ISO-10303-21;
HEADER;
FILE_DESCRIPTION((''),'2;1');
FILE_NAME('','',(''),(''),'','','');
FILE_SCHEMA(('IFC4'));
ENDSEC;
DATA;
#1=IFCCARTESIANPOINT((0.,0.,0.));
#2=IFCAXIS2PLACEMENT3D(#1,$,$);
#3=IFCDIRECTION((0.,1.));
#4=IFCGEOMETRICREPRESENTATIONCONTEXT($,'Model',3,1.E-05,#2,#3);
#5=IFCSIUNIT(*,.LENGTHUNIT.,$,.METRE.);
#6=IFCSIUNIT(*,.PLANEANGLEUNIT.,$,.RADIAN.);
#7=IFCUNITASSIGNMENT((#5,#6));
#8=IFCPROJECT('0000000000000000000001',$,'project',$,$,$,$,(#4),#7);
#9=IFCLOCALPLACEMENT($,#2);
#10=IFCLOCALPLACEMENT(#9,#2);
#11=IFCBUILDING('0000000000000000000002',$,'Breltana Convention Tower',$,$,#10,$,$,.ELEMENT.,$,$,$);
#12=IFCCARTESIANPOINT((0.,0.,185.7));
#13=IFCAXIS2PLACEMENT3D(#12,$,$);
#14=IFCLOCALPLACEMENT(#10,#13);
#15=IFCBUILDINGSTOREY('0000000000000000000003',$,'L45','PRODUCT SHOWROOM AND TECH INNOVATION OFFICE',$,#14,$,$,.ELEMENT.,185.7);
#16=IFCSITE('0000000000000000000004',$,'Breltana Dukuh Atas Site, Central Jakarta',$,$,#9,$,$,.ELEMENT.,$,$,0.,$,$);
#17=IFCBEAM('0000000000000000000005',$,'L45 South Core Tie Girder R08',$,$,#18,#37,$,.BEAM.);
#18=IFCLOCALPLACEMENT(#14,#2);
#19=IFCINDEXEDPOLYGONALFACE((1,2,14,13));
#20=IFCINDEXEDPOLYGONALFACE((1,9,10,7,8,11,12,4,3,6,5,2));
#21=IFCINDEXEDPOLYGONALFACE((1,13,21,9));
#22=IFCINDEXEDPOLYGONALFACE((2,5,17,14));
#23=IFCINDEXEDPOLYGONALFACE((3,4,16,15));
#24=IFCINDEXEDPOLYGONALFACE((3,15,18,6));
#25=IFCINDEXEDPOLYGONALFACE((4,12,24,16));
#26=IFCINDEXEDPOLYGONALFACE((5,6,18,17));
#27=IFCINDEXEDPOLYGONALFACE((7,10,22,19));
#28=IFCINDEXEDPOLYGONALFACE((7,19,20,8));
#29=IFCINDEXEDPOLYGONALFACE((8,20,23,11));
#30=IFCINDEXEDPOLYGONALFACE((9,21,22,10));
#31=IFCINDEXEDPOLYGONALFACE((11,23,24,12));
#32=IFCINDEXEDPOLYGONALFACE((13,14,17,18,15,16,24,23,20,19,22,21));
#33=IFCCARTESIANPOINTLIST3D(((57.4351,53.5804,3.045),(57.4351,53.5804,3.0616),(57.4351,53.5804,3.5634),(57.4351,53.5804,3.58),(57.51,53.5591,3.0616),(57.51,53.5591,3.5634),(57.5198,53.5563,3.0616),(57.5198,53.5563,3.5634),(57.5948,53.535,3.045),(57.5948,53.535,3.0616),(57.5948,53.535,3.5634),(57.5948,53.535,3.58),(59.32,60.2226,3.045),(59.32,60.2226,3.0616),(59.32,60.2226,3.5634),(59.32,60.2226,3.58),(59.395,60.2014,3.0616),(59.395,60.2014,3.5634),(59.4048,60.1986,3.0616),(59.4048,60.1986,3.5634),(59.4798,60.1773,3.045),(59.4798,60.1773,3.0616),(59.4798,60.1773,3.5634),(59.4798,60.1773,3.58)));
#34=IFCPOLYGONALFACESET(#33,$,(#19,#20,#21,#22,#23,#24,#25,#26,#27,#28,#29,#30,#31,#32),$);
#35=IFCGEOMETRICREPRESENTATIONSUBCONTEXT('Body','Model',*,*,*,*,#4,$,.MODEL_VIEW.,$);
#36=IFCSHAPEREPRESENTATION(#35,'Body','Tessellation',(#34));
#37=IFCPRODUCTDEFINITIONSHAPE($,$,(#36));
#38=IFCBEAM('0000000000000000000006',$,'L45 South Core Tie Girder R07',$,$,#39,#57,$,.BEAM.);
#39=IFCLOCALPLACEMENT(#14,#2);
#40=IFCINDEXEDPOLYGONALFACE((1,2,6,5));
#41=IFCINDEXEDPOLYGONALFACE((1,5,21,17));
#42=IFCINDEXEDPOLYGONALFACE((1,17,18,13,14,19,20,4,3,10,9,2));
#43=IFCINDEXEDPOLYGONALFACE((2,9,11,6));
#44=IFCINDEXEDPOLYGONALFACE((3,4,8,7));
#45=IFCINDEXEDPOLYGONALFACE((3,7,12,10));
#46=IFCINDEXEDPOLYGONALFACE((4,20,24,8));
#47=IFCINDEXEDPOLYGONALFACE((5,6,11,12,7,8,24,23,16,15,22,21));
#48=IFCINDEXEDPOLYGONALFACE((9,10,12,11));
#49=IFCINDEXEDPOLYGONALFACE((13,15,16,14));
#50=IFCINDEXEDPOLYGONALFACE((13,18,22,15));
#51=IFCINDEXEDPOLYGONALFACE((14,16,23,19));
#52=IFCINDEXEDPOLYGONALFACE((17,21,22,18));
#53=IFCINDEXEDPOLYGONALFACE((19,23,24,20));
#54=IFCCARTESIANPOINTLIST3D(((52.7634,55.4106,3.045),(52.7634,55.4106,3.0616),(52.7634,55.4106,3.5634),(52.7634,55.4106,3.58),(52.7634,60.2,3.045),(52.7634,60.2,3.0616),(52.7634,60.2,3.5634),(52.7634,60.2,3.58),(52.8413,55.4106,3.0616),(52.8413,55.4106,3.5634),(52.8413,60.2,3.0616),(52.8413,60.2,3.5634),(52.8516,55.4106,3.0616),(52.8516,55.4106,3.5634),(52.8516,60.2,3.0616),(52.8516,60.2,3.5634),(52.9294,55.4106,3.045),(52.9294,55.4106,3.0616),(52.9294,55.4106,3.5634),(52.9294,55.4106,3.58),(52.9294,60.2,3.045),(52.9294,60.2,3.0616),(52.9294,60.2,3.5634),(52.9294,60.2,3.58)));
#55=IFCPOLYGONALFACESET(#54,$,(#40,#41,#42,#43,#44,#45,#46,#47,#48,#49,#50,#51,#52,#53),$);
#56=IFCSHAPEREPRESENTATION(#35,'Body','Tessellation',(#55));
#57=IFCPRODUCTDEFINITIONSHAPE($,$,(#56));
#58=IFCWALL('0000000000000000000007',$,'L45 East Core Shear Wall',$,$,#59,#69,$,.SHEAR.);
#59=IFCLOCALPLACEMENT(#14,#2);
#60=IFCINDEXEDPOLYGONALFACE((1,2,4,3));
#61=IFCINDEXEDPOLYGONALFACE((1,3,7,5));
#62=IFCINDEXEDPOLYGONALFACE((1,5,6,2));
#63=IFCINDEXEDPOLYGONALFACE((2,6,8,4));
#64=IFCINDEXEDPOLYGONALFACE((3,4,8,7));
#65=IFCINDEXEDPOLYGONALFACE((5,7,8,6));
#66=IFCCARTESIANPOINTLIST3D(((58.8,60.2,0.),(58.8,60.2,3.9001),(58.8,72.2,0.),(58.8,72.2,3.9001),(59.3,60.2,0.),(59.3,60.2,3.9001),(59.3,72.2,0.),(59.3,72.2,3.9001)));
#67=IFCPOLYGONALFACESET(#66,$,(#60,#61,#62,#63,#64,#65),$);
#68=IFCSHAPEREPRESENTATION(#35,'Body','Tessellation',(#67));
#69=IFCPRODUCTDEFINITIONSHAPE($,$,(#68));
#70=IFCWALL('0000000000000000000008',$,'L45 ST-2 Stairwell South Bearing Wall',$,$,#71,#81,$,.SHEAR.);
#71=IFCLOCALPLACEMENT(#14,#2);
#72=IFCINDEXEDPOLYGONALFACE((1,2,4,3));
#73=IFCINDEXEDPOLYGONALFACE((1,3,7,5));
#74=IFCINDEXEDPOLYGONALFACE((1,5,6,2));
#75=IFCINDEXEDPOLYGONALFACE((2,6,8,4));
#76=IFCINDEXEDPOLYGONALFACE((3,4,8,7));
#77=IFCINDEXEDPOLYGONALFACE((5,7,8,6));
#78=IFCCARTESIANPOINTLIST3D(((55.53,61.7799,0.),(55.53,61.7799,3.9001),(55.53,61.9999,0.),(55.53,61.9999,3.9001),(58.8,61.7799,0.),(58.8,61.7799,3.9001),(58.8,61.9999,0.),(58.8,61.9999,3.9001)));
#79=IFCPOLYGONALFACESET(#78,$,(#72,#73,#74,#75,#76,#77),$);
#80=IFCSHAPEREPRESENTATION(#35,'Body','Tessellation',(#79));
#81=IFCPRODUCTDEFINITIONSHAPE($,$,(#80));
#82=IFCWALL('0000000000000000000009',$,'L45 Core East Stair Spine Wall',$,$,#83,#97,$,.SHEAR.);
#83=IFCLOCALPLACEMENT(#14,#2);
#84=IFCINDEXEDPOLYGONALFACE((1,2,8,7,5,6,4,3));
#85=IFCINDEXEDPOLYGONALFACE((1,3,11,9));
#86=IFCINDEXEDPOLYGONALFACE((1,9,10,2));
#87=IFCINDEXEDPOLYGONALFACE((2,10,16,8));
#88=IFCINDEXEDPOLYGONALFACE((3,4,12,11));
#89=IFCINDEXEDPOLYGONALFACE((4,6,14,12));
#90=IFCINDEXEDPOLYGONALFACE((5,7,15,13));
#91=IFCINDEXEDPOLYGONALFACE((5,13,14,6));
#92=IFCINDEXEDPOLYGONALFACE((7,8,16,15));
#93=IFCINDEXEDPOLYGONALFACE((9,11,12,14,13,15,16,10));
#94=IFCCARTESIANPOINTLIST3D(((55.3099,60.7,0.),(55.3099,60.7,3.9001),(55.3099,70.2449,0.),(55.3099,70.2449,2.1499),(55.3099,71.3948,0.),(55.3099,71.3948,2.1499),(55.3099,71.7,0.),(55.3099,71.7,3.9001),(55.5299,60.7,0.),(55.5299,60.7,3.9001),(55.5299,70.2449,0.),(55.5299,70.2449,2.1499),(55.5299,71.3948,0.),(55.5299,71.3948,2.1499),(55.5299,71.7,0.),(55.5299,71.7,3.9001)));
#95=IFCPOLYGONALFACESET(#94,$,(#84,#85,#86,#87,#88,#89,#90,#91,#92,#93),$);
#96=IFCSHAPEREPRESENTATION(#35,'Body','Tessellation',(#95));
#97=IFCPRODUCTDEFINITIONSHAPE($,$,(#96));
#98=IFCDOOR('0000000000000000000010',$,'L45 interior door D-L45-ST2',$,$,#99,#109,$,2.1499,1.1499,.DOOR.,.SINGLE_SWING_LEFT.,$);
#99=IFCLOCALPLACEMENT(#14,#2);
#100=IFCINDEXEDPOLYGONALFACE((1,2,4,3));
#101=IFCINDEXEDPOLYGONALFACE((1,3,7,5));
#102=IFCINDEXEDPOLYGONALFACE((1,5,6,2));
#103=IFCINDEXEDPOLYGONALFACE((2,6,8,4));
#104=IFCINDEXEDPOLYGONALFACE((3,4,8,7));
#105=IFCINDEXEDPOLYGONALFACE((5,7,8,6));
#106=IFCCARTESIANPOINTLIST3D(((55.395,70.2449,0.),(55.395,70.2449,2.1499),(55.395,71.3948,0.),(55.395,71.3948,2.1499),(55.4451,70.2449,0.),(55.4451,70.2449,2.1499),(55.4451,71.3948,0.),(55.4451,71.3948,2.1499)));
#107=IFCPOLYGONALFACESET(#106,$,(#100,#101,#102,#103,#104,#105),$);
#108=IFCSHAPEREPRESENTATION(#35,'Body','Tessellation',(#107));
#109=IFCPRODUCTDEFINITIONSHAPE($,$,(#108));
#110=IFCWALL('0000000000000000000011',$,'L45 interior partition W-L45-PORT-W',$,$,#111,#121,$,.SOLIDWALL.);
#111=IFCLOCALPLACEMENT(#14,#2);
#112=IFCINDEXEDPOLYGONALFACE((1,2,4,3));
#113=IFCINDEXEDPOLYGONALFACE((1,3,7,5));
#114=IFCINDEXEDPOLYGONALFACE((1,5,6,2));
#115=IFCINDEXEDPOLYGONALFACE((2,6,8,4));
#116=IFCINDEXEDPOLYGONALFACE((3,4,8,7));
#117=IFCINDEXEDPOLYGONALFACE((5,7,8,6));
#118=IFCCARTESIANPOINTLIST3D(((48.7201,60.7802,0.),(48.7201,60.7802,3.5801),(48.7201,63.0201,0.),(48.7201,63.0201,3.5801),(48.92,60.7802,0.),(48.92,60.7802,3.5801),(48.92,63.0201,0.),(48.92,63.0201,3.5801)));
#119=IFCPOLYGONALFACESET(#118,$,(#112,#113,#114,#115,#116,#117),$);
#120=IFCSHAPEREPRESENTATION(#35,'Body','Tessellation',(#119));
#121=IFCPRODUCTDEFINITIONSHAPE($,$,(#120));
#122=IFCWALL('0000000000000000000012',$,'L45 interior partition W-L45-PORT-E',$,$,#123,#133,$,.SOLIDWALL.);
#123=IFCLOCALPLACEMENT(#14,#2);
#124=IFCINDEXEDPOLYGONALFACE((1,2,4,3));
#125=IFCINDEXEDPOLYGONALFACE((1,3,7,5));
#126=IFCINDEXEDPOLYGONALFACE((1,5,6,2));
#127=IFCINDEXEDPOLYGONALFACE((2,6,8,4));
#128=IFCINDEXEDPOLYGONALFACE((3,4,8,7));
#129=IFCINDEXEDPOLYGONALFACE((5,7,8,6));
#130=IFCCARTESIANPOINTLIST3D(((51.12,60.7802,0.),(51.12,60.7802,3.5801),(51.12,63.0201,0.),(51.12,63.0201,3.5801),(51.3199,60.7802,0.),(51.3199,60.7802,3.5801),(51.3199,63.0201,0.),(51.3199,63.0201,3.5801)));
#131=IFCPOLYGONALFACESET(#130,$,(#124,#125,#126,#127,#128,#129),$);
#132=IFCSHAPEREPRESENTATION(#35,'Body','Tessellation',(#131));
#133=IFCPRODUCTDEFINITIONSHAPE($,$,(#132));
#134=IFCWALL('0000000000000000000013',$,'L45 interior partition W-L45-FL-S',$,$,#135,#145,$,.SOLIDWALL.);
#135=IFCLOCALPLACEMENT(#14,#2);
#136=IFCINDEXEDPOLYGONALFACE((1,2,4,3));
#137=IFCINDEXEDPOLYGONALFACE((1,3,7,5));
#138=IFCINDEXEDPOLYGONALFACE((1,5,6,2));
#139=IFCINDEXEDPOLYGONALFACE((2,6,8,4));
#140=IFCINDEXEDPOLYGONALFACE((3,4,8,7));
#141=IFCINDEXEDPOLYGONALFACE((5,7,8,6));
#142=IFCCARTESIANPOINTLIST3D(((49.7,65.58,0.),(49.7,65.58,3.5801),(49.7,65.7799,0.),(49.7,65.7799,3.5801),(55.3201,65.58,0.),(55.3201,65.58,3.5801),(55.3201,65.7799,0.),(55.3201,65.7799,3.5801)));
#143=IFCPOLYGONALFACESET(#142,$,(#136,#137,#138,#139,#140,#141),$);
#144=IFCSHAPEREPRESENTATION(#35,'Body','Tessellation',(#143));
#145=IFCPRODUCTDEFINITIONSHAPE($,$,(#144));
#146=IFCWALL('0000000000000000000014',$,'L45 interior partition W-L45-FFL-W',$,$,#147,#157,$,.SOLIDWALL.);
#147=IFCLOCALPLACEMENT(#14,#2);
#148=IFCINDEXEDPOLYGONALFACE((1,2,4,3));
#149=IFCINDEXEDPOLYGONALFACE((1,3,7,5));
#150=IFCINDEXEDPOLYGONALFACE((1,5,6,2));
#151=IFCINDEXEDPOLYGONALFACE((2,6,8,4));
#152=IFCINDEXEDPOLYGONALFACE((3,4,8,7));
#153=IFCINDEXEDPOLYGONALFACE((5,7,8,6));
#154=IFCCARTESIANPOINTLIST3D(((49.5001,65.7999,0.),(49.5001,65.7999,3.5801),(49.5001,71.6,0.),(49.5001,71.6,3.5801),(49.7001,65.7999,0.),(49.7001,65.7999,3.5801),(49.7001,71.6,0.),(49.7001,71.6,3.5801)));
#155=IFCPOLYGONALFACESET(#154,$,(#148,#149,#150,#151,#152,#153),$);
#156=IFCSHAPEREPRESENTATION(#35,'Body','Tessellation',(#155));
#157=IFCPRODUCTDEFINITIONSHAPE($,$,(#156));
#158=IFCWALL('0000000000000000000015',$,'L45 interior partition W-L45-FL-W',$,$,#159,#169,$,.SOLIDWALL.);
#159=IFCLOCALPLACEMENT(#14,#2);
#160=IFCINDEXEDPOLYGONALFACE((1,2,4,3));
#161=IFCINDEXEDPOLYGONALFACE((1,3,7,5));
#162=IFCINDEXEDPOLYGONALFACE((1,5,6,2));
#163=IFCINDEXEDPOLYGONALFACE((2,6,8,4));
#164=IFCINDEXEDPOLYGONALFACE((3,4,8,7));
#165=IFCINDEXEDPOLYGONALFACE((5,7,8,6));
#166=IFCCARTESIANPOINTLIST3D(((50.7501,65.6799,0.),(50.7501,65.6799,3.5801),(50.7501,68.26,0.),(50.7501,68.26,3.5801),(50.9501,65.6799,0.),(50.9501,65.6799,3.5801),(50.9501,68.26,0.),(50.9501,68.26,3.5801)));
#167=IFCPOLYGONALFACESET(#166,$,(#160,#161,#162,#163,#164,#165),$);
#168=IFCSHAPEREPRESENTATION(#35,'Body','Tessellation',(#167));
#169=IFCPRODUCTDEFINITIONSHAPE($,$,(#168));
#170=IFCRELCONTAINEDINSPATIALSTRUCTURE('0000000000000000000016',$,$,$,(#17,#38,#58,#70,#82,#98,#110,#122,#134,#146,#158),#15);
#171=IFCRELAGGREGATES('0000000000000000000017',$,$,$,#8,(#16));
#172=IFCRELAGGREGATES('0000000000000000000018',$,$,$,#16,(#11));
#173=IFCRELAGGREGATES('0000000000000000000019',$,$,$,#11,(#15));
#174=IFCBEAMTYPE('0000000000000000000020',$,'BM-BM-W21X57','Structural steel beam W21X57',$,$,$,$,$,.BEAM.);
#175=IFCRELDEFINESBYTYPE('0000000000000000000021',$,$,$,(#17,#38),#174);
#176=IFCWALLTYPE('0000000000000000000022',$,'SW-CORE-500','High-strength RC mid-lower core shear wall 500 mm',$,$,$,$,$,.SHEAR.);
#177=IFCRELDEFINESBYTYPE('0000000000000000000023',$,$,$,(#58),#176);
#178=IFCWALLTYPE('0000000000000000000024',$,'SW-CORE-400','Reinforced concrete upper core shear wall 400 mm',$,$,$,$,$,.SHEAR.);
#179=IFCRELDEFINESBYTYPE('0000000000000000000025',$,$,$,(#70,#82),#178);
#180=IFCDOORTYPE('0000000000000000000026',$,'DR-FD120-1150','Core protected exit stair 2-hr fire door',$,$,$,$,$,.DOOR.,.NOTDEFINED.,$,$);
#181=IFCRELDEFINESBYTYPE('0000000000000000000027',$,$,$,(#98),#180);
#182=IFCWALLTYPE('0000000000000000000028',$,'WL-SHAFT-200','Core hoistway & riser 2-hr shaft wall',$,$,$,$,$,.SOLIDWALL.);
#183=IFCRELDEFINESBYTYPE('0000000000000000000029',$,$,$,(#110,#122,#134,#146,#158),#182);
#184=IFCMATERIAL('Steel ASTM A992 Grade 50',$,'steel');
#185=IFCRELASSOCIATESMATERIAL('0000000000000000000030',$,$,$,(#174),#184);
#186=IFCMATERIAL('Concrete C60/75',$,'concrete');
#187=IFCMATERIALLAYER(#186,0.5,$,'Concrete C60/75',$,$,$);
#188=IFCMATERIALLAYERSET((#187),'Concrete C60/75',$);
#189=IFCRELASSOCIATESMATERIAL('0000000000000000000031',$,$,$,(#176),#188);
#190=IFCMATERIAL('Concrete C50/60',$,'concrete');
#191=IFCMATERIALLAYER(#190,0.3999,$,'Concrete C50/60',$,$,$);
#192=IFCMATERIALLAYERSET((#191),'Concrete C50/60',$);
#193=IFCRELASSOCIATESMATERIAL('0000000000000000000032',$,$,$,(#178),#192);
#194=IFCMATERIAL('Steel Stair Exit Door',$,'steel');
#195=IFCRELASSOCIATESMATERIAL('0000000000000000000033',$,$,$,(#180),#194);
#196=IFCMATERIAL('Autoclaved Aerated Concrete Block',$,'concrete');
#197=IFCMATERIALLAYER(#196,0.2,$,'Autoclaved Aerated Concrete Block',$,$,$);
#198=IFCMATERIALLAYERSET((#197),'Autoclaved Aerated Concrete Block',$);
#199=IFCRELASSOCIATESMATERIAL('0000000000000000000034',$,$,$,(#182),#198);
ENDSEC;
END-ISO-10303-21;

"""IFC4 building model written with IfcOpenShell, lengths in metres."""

from ifc_helpers import new_model, si_unit, direction, frame, frame_2d, origin, origin_2d, place, context, subcontext, project, spatial, rectangle, i_section, extrude, source, transform, mapped, material, layer, layer_set, material_profile, profile_set, type_object, type_shapes, element, fill, save


model = new_model("IFC4")

# Units and contexts
model_context = context("Model", 3, precision=1e-05, world=origin(), true_north=direction((0.0, 1.0)))
body_context = subcontext(model_context, "Body", "Model", "MODEL_VIEW")
ifc_project = project(units=[si_unit("LENGTHUNIT", "METRE"), si_unit("PLANEANGLEUNIT", "RADIAN")], contexts=[model_context])

# Site, building, storey
site_placement = place(None, origin())
site = spatial("IfcSite", under=ifc_project, at=site_placement, Name="Breltana Dukuh Atas Site, Central Jakarta", CompositionType="ELEMENT", RefElevation=0.0)
building_placement = place(site_placement, origin())
building = spatial("IfcBuilding", under=site, at=building_placement, Name="Breltana Convention Tower", CompositionType="ELEMENT")
storey_placement = place(building_placement, frame((0.0, 0.0, 185.7)))
storey = spatial("IfcBuildingStorey", under=building, at=storey_placement, Name="L45", Description="PRODUCT SHOWROOM AND TECH INNOVATION OFFICE", CompositionType="ELEMENT", Elevation=185.7)

# Beams
ifc_material_1 = material(Name="Steel ASTM A992 Grade 50", Category="steel")
ifc_material_profile = material_profile(ifc_material_1, i_section(OverallWidth=0.166, OverallDepth=0.5349, WebThickness=0.0103, FlangeThickness=0.0166, at=origin_2d()), Name="W21X57")
ifc_profile_set = profile_set([ifc_material_profile], Name="Steel ASTM A992 Grade 50")
beam_type = type_object("IfcBeamType", Name="BM-BM-W21X57", Description="Structural steel beam W21X57", PredefinedType="BEAM", material=ifc_profile_set)
shared_shape_1 = source(origin(), body_context, "Body", "SweptSolid", [
    extrude(i_section(OverallWidth=0.166, OverallDepth=0.5349, WebThickness=0.0103, FlangeThickness=0.0166, at=origin_2d()), origin(), (0.0, 0.0, 1.0), 6.9045),
])
type_shapes(beam_type, [shared_shape_1])
beam_1_placement = place(storey_placement, frame((59.3999, 60.2, 3.3125), z_axis=(-0.273007, -0.962012, 0.0), x_axis=(0.962012, -0.273007, 0.0)))
element("IfcBeam", 1, at=beam_1_placement, inside=storey, type_object=beam_type, Name="L45 South Core Tie Girder R08", PredefinedType="BEAM", context=body_context, shape_type="MappedRepresentation", body=[
    mapped(shared_shape_1, transform((0.0, 0.0, 0.0), scale=1.0)),
])
shared_shape_2 = source(origin(), body_context, "Body", "SweptSolid", [
    extrude(i_section(OverallWidth=0.166, OverallDepth=0.5349, WebThickness=0.0103, FlangeThickness=0.0166, at=origin_2d()), origin(), (0.0, 0.0, 1.0), 4.7893),
])
beam_2_placement = place(storey_placement, frame((52.8464, 60.2, 3.3125), z_axis=(0.0, -1.0, 0.0), x_axis=(1.0, 0.0, 0.0)))
element("IfcBeam", 2, at=beam_2_placement, inside=storey, type_object=beam_type, Name="L45 South Core Tie Girder R07", PredefinedType="BEAM", context=body_context, shape_type="MappedRepresentation", body=[
    mapped(shared_shape_2, transform((0.0, 0.0, 0.0), scale=1.0)),
])

# Walls
ifc_material_2 = material(Name="Concrete C60/75", Category="concrete")
ifc_layer_1 = layer(ifc_material_2, 0.5, Name="Concrete C60/75")
ifc_layer_set_1 = layer_set([ifc_layer_1], Name="Concrete C60/75")
wall_type_1 = type_object("IfcWallType", Name="SW-CORE-500", Description="High-strength RC mid-lower core shear wall 500 mm", PredefinedType="SHEAR", material=ifc_layer_set_1)
shared_shape_3 = source(origin(), body_context, "Body", "SweptSolid", [
    extrude(rectangle(XDim=12.0, YDim=0.5, at=frame_2d((6.0, 0.0))), origin(), (0.0, 0.0, 1.0), 3.9001),
])
wall_1_placement = place(storey_placement, frame((59.05, 60.2, 0.0), z_axis=(0.0, 0.0, 1.0), x_axis=(0.0, 1.0, 0.0)))
element("IfcWall", 3, at=wall_1_placement, inside=storey, type_object=wall_type_1, Name="L45 East Core Shear Wall", PredefinedType="SHEAR", context=body_context, shape_type="MappedRepresentation", body=[
    mapped(shared_shape_3, transform((0.0, 0.0, 0.0), scale=1.0)),
])
ifc_material_3 = material(Name="Concrete C50/60", Category="concrete")
ifc_layer_2 = layer(ifc_material_3, 0.3999, Name="Concrete C50/60")
ifc_layer_set_2 = layer_set([ifc_layer_2], Name="Concrete C50/60")
wall_type_2 = type_object("IfcWallType", Name="SW-CORE-400", Description="Reinforced concrete upper core shear wall 400 mm", PredefinedType="SHEAR", material=ifc_layer_set_2)
shared_shape_4 = source(origin(), body_context, "Body", "SweptSolid", [
    extrude(rectangle(XDim=3.27, YDim=0.22, at=frame_2d((1.635, 0.0))), origin(), (0.0, 0.0, 1.0), 3.9001),
])
wall_2_placement = place(storey_placement, frame((55.53, 61.8899, 0.0), z_axis=(0.0, 0.0, 1.0), x_axis=(1.0, 0.0, 0.0)))
element("IfcWall", 4, at=wall_2_placement, inside=storey, type_object=wall_type_2, Name="L45 ST-2 Stairwell South Bearing Wall", PredefinedType="SHEAR", context=body_context, shape_type="MappedRepresentation", body=[
    mapped(shared_shape_4, transform((0.0, 0.0, 0.0), scale=1.0)),
])

# Wall, opening, door
shared_shape_5 = source(origin(), body_context, "Body", "SweptSolid", [
    extrude(rectangle(XDim=11.0, YDim=0.22, at=frame_2d((5.5, 0.0))), origin(), (0.0, 0.0, 1.0), 3.9001),
])
wall_3_placement = place(storey_placement, frame((55.4199, 60.7, 0.0), z_axis=(0.0, 0.0, 1.0), x_axis=(0.0, 1.0, 0.0)))
wall_3 = element("IfcWall", 5, at=wall_3_placement, inside=storey, type_object=wall_type_2, Name="L45 Core East Stair Spine Wall", PredefinedType="SHEAR", context=body_context, shape_type="MappedRepresentation", body=[
    mapped(shared_shape_5, transform((0.0, 0.0, 0.0), scale=1.0)),
])
opening_1_placement = place(wall_3_placement, frame((9.5449, 0.0, 0.0)))
opening_1 = element("IfcOpeningElement", 6, at=opening_1_placement, cuts=wall_3, PredefinedType="OPENING", context=body_context, shape_type="SweptSolid", body=[
    extrude(rectangle(XDim=1.1499, YDim=2.1499, at=frame_2d((0.575, 1.075))), frame((0.0, 0.1201, 0.0), z_axis=(0.0, -1.0, 0.0), x_axis=(1.0, 0.0, 0.0)), (0.0, 0.0, 1.0), 0.24),
])
ifc_material_4 = material(Name="Steel Stair Exit Door", Category="steel")
door_type_1 = type_object("IfcDoorType", Name="DR-FD120-1150", Description="Core protected exit stair 2-hr fire door", OperationType="NOTDEFINED", PredefinedType="DOOR", material=ifc_material_4)
shared_shape_6 = source(origin(), body_context, "Body", "SweptSolid", [
    extrude(rectangle(XDim=1.1499, YDim=2.1499, at=frame_2d((0.575, 1.075))), frame((0.0, 0.0249, 0.0), z_axis=(0.0, -1.0, 0.0), x_axis=(1.0, 0.0, 0.0)), (0.0, 0.0, 1.0), 0.05),
])
type_shapes(door_type_1, [shared_shape_6])
door_1_placement = place(opening_1_placement, origin())
door_1 = element("IfcDoor", 7, at=door_1_placement, inside=storey, type_object=door_type_1, Name="L45 interior door D-L45-ST2", OperationType="SINGLE_SWING_LEFT", OverallHeight=2.1499, OverallWidth=1.1499, PredefinedType="DOOR", context=body_context, shape_type="MappedRepresentation", body=[
    mapped(shared_shape_6, transform((0.0, 0.0, 0.0), scale=1.0)),
])
fill(opening_1, door_1)

# Walls
ifc_material_5 = material(Name="Autoclaved Aerated Concrete Block", Category="concrete")
ifc_layer_3 = layer(ifc_material_5, 0.2, Name="Autoclaved Aerated Concrete Block")
ifc_layer_set_3 = layer_set([ifc_layer_3], Name="Autoclaved Aerated Concrete Block")
wall_type_3 = type_object("IfcWallType", Name="WL-SHAFT-200", Description="Core hoistway & riser 2-hr shaft wall", PredefinedType="SOLIDWALL", material=ifc_layer_set_3)
shared_shape_7 = source(origin(), body_context, "Body", "SweptSolid", [
    extrude(rectangle(XDim=2.24, YDim=0.2, at=frame_2d((1.1201, 0.0))), origin(), (0.0, 0.0, 1.0), 3.5801),
])
for number, where, z_axis, x_axis, name in (
    (8, (48.8201, 60.78, 0.0), (0.0, 0.0, 1.0), (0.0, 1.0, 0.0), "L45 interior partition W-L45-PORT-W"),
    (9, (51.22, 60.78, 0.0), (0.0, 0.0, 1.0), (0.0, 1.0, 0.0), "L45 interior partition W-L45-PORT-E"),
):
    element("IfcWall", number, at=place(storey_placement, frame(where, z_axis=z_axis, x_axis=x_axis)), inside=storey, type_object=wall_type_3, Name=name, PredefinedType="SOLIDWALL", context=body_context, shape_type="MappedRepresentation", body=[
        mapped(shared_shape_7, transform((0.0, 0.0, 0.0), scale=1.0)),
    ])
shared_shape_8 = source(origin(), body_context, "Body", "SweptSolid", [
    extrude(rectangle(XDim=5.6201, YDim=0.2, at=frame_2d((2.8101, 0.0))), origin(), (0.0, 0.0, 1.0), 3.5801),
])
wall_4_placement = place(storey_placement, frame((49.7, 65.6799, 0.0), z_axis=(0.0, 0.0, 1.0), x_axis=(1.0, 0.0, 0.0)))
element("IfcWall", 10, at=wall_4_placement, inside=storey, type_object=wall_type_3, Name="L45 interior partition W-L45-FL-S", PredefinedType="SOLIDWALL", context=body_context, shape_type="MappedRepresentation", body=[
    mapped(shared_shape_8, transform((0.0, 0.0, 0.0), scale=1.0)),
])
shared_shape_9 = source(origin(), body_context, "Body", "SweptSolid", [
    extrude(rectangle(XDim=5.8, YDim=0.2, at=frame_2d((2.8999, 0.0))), origin(), (0.0, 0.0, 1.0), 3.5801),
])
wall_5_placement = place(storey_placement, frame((49.6001, 65.8, 0.0), z_axis=(0.0, 0.0, 1.0), x_axis=(0.0, 1.0, 0.0)))
element("IfcWall", 11, at=wall_5_placement, inside=storey, type_object=wall_type_3, Name="L45 interior partition W-L45-FFL-W", PredefinedType="SOLIDWALL", context=body_context, shape_type="MappedRepresentation", body=[
    mapped(shared_shape_9, transform((0.0, 0.0, 0.0), scale=1.0)),
])
shared_shape_10 = source(origin(), body_context, "Body", "SweptSolid", [
    extrude(rectangle(XDim=2.5801, YDim=0.2, at=frame_2d((1.29, 0.0))), origin(), (0.0, 0.0, 1.0), 3.5801),
])
wall_6_placement = place(storey_placement, frame((50.8501, 65.6799, 0.0), z_axis=(0.0, 0.0, 1.0), x_axis=(0.0, 1.0, 0.0)))
element("IfcWall", 12, at=wall_6_placement, inside=storey, type_object=wall_type_3, Name="L45 interior partition W-L45-FL-W", PredefinedType="SOLIDWALL", context=body_context, shape_type="MappedRepresentation", body=[
    mapped(shared_shape_10, transform((0.0, 0.0, 0.0), scale=1.0)),
])

save(model, "model.ifc")
